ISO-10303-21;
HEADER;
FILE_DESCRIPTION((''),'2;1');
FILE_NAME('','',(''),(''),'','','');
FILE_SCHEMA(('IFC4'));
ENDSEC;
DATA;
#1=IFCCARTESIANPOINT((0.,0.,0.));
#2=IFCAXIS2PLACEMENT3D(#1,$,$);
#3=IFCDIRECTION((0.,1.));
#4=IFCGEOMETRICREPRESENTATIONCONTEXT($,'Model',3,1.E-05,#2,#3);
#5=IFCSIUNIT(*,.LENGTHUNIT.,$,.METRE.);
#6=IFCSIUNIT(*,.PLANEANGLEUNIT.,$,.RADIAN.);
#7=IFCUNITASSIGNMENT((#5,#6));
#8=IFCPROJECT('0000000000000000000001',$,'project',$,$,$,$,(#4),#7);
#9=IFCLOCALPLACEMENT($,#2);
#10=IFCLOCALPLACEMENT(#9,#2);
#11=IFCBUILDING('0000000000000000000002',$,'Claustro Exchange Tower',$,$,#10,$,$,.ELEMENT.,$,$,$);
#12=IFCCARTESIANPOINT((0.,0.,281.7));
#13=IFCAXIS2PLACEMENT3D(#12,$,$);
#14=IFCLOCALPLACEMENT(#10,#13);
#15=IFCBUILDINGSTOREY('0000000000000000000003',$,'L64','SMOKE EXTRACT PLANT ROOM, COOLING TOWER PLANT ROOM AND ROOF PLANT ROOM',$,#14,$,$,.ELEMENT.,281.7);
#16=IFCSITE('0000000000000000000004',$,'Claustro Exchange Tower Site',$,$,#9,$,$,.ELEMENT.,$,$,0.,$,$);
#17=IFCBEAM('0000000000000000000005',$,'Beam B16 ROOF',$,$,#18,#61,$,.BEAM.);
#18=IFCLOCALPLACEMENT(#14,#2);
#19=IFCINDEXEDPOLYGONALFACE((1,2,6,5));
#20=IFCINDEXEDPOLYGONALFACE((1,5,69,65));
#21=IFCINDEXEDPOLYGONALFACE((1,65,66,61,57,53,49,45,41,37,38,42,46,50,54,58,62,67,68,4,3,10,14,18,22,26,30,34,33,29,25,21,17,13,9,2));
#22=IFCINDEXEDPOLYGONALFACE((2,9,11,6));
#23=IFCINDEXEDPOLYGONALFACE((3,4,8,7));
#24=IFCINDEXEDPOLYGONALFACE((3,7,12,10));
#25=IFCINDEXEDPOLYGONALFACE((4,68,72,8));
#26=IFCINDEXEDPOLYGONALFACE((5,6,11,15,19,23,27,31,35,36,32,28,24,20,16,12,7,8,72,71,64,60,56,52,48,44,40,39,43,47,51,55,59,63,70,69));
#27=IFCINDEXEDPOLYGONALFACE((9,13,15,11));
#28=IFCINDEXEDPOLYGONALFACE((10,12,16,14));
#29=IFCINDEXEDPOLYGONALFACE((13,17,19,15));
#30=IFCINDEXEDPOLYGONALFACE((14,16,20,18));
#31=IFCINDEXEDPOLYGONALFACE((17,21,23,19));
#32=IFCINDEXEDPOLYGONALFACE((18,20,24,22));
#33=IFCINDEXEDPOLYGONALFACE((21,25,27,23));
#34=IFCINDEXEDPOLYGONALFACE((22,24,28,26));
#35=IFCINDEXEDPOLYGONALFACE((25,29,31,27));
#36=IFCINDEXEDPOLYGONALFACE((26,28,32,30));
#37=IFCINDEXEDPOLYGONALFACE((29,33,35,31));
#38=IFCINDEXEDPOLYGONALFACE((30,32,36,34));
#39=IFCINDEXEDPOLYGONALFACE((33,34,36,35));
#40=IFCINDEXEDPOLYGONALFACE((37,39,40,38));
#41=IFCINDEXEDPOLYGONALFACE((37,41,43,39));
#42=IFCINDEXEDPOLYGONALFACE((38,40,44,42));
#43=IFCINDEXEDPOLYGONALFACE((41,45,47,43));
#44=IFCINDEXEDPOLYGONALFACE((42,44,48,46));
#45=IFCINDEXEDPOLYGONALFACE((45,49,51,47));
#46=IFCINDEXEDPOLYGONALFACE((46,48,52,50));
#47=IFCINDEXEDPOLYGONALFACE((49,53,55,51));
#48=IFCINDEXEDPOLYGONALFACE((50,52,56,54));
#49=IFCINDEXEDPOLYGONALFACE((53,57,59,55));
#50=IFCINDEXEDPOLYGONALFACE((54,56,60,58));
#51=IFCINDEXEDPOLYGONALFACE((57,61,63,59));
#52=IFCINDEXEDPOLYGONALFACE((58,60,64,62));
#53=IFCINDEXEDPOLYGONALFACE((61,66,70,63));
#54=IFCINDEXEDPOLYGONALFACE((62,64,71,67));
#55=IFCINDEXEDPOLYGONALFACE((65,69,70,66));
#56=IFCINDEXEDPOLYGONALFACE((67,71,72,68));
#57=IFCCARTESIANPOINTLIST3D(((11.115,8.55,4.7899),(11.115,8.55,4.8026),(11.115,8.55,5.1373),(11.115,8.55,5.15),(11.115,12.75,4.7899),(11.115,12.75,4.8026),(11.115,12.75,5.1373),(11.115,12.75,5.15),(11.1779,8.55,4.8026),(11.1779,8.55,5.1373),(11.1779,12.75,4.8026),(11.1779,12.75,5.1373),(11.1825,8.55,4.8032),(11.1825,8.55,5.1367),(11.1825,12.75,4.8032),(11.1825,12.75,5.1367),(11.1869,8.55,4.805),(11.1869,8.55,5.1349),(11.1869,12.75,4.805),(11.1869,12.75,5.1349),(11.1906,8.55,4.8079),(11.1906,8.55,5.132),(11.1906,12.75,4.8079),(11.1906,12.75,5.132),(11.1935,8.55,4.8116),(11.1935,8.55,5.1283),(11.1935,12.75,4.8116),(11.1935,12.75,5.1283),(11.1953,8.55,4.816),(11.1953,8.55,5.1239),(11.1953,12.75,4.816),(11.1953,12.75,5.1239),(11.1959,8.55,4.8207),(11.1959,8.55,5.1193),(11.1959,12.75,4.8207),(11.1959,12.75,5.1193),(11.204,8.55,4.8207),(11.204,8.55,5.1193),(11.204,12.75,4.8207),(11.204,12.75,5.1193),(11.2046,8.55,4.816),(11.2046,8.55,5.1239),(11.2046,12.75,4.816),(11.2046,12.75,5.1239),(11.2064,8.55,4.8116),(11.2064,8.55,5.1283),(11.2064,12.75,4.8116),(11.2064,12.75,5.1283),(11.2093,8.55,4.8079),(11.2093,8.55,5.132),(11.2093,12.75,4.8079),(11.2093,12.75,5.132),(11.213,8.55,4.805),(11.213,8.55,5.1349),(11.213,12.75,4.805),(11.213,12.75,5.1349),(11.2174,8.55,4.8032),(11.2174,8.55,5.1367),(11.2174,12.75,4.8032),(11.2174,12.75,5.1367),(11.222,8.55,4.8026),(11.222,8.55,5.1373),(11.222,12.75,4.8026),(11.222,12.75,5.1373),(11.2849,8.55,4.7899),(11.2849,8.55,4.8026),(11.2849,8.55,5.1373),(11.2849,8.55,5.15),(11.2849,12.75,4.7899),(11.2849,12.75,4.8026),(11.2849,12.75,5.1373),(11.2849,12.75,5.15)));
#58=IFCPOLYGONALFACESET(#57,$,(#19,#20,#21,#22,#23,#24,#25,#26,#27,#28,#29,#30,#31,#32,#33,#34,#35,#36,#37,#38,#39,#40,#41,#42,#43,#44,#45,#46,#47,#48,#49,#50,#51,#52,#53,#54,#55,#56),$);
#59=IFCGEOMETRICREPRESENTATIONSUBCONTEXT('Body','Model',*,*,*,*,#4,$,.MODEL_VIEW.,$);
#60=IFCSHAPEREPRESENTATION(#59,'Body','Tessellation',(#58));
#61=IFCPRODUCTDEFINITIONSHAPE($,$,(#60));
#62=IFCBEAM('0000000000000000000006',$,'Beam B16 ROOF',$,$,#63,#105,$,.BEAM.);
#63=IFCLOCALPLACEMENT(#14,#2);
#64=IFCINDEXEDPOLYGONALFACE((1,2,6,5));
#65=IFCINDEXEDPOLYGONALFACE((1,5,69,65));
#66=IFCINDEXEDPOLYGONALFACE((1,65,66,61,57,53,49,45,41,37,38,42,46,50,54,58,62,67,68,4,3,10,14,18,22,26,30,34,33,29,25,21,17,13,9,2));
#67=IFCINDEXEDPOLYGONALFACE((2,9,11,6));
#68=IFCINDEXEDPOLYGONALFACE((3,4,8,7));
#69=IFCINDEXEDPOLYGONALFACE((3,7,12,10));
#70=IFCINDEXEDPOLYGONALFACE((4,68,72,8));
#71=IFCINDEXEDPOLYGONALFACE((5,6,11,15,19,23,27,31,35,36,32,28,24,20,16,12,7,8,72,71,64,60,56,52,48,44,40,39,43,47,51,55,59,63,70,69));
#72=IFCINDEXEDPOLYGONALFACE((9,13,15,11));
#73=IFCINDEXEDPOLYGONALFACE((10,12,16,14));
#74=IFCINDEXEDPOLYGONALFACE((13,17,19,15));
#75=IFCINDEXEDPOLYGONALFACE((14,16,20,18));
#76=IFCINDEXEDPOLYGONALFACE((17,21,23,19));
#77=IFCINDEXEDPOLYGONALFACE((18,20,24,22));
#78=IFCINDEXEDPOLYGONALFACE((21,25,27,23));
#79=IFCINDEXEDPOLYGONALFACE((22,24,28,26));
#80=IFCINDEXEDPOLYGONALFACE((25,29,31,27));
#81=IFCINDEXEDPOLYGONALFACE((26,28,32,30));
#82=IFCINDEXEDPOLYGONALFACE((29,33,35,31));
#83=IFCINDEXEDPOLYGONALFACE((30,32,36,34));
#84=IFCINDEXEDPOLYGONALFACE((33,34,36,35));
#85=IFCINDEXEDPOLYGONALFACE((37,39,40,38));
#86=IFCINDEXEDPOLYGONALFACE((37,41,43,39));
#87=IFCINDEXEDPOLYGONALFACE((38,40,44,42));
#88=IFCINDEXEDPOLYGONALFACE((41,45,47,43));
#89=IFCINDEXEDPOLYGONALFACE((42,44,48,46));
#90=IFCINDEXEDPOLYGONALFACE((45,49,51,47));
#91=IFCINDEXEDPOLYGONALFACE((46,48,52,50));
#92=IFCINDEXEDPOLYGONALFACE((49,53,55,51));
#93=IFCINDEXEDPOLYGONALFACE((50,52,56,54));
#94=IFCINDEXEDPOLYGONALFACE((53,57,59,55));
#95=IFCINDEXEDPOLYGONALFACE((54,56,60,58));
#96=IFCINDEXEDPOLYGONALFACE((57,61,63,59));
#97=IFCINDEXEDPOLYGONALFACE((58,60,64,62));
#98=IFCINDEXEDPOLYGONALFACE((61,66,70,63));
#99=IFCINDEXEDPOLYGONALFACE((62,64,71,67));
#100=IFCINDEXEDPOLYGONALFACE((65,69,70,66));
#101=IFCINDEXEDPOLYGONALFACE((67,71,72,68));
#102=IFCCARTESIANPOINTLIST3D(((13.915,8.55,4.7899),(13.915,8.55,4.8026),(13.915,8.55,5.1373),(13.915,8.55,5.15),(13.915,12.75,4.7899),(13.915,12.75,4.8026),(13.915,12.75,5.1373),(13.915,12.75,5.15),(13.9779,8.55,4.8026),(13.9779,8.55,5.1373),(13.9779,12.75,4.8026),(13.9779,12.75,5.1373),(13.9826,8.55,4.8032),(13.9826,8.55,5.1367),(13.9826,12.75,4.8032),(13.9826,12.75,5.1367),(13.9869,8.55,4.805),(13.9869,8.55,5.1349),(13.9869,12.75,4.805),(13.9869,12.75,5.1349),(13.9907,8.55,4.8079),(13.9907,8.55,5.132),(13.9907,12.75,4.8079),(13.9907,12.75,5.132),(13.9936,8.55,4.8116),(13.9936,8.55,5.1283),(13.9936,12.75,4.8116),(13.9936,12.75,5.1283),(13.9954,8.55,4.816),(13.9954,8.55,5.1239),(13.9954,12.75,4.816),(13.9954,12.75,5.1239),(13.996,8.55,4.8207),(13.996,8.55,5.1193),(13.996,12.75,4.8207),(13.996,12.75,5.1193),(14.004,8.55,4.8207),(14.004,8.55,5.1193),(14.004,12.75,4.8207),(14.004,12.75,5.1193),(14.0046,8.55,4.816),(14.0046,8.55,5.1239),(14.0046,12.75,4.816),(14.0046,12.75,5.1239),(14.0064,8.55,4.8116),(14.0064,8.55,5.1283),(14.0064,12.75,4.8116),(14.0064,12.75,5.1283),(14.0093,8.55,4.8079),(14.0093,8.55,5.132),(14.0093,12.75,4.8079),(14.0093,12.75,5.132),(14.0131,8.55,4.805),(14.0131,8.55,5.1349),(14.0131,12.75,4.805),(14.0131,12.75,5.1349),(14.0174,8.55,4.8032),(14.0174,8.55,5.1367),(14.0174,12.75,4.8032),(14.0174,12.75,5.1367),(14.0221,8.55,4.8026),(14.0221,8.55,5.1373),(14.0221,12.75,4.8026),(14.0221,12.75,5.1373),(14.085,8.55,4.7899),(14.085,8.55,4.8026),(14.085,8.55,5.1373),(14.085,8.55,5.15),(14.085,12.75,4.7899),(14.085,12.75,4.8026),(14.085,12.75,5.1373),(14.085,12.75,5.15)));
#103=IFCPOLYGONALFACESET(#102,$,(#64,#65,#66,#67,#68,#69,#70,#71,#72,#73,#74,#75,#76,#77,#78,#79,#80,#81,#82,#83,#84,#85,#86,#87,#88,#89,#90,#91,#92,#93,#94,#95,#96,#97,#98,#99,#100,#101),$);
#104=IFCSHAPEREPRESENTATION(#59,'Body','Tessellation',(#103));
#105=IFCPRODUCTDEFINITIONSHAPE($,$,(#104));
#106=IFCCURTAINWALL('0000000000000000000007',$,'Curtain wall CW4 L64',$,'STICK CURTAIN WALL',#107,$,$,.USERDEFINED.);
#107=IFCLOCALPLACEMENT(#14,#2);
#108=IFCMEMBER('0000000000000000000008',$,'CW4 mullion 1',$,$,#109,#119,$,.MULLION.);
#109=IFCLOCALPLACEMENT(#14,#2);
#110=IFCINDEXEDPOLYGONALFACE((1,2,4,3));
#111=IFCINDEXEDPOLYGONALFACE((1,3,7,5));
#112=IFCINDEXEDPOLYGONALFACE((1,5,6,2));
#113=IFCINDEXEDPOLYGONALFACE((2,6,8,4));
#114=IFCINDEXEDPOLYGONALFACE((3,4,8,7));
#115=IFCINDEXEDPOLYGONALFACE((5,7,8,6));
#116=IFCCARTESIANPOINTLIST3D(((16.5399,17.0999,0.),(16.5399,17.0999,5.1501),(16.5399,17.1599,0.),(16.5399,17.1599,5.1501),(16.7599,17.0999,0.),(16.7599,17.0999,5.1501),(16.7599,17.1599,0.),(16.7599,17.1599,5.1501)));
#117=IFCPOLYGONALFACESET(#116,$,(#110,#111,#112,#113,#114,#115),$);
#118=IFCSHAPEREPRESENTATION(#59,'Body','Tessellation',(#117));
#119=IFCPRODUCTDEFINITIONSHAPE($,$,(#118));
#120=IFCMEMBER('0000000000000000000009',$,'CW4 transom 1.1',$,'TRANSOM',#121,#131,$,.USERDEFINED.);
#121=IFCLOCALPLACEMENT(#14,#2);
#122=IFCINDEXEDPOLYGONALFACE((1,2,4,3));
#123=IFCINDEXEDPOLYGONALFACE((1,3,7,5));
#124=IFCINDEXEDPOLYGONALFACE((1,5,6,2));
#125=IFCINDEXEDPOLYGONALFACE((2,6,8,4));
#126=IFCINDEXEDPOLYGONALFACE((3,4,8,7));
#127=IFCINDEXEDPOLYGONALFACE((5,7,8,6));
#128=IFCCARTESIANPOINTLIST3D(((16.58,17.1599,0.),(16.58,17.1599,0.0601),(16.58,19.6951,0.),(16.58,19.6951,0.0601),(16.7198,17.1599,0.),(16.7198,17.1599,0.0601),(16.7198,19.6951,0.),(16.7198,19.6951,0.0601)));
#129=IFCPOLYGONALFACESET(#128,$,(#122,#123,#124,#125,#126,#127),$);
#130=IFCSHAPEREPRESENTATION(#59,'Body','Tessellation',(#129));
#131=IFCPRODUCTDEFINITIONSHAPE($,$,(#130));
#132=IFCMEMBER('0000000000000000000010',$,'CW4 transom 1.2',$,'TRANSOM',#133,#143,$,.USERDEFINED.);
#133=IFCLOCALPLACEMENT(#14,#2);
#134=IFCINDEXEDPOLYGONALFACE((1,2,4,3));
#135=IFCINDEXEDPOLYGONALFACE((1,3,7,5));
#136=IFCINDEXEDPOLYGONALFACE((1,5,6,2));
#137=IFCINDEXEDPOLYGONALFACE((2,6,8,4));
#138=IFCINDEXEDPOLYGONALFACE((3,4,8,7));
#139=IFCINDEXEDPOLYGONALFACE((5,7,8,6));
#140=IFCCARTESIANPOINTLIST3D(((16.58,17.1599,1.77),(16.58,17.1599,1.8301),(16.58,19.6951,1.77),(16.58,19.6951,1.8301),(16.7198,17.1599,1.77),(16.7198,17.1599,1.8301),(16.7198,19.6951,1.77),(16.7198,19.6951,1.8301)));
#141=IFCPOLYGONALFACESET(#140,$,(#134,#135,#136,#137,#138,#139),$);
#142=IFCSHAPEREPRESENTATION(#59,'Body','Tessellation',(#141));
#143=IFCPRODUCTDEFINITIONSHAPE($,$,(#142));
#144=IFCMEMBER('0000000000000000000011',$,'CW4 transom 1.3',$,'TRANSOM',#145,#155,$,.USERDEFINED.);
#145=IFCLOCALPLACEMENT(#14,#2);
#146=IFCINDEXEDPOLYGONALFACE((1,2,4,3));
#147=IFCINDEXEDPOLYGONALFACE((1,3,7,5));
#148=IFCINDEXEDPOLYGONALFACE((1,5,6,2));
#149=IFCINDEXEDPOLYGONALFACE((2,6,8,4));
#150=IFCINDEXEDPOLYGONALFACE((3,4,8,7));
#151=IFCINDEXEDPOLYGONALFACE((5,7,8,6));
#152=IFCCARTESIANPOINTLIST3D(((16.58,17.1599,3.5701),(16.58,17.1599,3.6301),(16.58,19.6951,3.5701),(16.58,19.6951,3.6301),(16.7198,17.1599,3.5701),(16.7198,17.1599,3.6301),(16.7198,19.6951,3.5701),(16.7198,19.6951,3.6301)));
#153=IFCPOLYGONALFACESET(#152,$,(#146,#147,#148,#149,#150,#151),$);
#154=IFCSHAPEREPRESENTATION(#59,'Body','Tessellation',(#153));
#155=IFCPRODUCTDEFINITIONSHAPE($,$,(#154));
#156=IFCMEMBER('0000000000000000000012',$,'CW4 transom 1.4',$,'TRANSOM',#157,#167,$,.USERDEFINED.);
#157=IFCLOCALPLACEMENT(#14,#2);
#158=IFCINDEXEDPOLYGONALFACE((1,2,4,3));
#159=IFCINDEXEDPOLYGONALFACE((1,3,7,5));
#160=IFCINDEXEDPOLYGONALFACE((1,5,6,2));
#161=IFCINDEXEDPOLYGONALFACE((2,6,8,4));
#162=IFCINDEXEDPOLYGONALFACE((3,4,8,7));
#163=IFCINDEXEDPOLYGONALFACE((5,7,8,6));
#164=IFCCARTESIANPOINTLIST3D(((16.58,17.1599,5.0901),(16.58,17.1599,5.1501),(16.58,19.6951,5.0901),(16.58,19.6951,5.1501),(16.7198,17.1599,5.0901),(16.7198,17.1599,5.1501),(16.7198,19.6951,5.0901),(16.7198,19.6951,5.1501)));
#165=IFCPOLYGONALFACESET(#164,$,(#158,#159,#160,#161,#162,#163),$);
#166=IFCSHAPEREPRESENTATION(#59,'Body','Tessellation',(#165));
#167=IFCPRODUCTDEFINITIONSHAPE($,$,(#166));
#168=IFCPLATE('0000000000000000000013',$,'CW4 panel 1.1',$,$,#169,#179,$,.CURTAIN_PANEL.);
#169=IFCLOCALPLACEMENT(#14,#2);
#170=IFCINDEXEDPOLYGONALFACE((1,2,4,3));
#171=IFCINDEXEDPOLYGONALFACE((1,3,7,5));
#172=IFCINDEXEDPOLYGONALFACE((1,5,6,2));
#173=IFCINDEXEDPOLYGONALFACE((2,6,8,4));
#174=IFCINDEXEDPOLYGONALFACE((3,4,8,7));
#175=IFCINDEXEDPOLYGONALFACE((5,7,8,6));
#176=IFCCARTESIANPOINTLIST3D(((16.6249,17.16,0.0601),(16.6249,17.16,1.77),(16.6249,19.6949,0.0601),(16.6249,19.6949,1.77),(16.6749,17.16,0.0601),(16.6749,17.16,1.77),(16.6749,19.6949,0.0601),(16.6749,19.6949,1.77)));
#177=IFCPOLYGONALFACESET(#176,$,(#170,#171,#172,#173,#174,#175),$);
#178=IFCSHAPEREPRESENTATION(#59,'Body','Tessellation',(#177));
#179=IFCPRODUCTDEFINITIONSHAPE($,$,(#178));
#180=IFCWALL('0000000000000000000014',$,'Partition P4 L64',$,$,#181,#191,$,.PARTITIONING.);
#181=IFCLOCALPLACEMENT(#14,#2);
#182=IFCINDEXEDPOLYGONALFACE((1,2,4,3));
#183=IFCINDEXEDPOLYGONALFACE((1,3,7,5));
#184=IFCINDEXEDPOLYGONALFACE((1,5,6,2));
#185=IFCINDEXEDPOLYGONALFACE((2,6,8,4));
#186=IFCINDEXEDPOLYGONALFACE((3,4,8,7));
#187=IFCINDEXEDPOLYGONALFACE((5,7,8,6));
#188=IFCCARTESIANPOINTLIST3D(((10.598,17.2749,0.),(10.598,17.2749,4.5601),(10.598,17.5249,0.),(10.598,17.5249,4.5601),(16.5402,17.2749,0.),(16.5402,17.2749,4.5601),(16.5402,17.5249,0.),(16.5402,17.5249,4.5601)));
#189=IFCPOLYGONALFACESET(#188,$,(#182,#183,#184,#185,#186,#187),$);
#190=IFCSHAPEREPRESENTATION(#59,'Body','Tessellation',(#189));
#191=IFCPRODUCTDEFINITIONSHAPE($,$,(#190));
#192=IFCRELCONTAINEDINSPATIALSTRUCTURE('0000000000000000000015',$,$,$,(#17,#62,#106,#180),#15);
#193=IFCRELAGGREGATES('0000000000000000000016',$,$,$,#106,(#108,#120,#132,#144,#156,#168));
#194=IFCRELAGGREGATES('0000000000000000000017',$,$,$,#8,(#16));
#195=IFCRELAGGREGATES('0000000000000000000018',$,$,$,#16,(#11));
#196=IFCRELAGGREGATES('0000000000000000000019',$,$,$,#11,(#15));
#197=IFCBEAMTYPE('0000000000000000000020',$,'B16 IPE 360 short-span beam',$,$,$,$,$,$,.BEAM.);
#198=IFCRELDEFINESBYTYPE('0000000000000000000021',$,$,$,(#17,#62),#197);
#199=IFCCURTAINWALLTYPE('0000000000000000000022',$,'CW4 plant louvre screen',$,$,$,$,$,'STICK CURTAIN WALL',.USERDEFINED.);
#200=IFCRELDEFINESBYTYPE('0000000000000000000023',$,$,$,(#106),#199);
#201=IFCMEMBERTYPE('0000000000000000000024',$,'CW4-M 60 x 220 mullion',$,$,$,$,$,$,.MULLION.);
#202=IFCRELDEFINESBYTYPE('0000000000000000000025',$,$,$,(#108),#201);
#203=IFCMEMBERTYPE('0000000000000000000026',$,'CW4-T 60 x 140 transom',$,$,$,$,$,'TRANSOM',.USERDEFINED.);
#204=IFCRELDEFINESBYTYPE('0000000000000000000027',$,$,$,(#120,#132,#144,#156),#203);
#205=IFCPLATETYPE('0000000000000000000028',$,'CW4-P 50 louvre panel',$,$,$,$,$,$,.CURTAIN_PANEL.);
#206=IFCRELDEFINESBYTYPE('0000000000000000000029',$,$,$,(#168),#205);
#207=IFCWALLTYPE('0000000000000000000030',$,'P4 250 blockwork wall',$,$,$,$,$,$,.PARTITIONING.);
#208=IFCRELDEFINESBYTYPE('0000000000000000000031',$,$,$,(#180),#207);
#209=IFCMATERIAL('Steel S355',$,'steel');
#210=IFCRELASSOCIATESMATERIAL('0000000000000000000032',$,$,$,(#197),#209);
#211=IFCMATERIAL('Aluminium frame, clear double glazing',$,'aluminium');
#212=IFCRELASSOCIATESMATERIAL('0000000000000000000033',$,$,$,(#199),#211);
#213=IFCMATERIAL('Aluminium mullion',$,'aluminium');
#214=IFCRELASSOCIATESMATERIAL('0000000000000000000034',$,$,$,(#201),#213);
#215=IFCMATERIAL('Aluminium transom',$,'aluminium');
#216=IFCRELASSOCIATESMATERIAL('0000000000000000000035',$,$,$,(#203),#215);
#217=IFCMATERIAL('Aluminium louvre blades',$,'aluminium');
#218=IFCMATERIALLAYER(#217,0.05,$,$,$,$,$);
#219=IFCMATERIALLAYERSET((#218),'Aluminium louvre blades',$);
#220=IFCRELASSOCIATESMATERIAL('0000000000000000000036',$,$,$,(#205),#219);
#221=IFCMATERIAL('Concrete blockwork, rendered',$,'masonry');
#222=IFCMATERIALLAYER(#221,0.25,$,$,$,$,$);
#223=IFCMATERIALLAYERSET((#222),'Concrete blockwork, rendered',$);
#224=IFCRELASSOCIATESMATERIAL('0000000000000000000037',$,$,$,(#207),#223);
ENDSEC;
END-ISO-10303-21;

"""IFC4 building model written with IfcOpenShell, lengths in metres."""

from ifc_helpers import new_model, si_unit, direction, frame, frame_2d, origin, origin_2d, place, context, subcontext, project, spatial, rectangle, i_section, extrude, material, layer, layer_set, material_profile, profile_set, type_object, element, aggregate, save


model = new_model("IFC4")

# Units and contexts
model_context = context("Model", 3, precision=1e-05, world=origin(), true_north=direction((0.0, 1.0)))
body_context = subcontext(model_context, "Body", "Model", "MODEL_VIEW")
ifc_project = project(units=[si_unit("LENGTHUNIT", "METRE"), si_unit("PLANEANGLEUNIT", "RADIAN")], contexts=[model_context])

# Site, building, storey
site_placement = place(None, origin())
site = spatial("IfcSite", under=ifc_project, at=site_placement, Name="Claustro Exchange Tower Site", CompositionType="ELEMENT", RefElevation=0.0)
building_placement = place(site_placement, origin())
building = spatial("IfcBuilding", under=site, at=building_placement, Name="Claustro Exchange Tower", CompositionType="ELEMENT")
storey_placement = place(building_placement, frame((0.0, 0.0, 281.7)))
storey = spatial("IfcBuildingStorey", under=building, at=storey_placement, Name="L64", Description="SMOKE EXTRACT PLANT ROOM, COOLING TOWER PLANT ROOM AND ROOF PLANT ROOM", CompositionType="ELEMENT", Elevation=281.7)

# Beams
ifc_material_1 = material(Name="Steel S355", Category="steel")
ifc_material_profile_1 = material_profile(ifc_material_1, i_section(OverallWidth=0.1699, OverallDepth=0.3601, WebThickness=0.0081, FlangeThickness=0.0127, FilletRadius=0.0181, at=origin_2d()), Name="IPE 360")
ifc_profile_set_1 = profile_set([ifc_material_profile_1], Name="Steel S355")
beam_type_1 = type_object("IfcBeamType", Name="B16 IPE 360 short-span beam", PredefinedType="BEAM", material=ifc_profile_set_1)
for number, where, z_axis, x_axis, name in (
    (1, (11.2, 8.55, 4.97), (0.0, 1.0, 0.0), (-1.0, 0.0, 0.0), "Beam B16 ROOF"),
    (2, (14.0, 8.55, 4.97), (0.0, 1.0, 0.0), (-1.0, 0.0, 0.0), "Beam B16 ROOF"),
):
    element("IfcBeam", number, at=place(storey_placement, frame(where, z_axis=z_axis, x_axis=x_axis)), inside=storey, type_object=beam_type_1, Name=name, PredefinedType="BEAM", context=body_context, shape_type="SweptSolid", body=[
        extrude(i_section(OverallWidth=0.1699, OverallDepth=0.3601, WebThickness=0.0081, FlangeThickness=0.0127, FilletRadius=0.0181, at=origin_2d()), origin(), (0.0, 0.0, 1.0), 4.2),
    ])

# Curtain wall, members, plate
ifc_material_2 = material(Name="Aluminium frame, clear double glazing", Category="aluminium")
curtain_wall_type = type_object("IfcCurtainWallType", Name="CW4 plant louvre screen", ElementType="STICK CURTAIN WALL", PredefinedType="USERDEFINED", material=ifc_material_2)
curtain_wall_placement = place(storey_placement, origin())
curtain_wall = element("IfcCurtainWall", 3, at=curtain_wall_placement, inside=storey, type_object=curtain_wall_type, Name="Curtain wall CW4 L64", ObjectType="STICK CURTAIN WALL", PredefinedType="USERDEFINED")
ifc_material_3 = material(Name="Aluminium mullion", Category="aluminium")
ifc_material_profile_2 = material_profile(ifc_material_3, rectangle(XDim=0.22, YDim=0.0601, at=origin_2d()), Name="CW4-M 60x220")
ifc_profile_set_2 = profile_set([ifc_material_profile_2], Name="Aluminium mullion")
member_type_1 = type_object("IfcMemberType", Name="CW4-M 60 x 220 mullion", PredefinedType="MULLION", material=ifc_profile_set_2)
member_1_placement = place(storey_placement, frame((16.6499, 17.1299, 0.0), z_axis=(0.0, 0.0, 1.0), x_axis=(-1.0, 0.0, 0.0)))
member_1 = element("IfcMember", 4, at=member_1_placement, type_object=member_type_1, Name="CW4 mullion 1", PredefinedType="MULLION", context=body_context, shape_type="SweptSolid", body=[
    extrude(rectangle(XDim=0.22, YDim=0.0601, at=origin_2d()), origin(), (0.0, 0.0, 1.0), 5.1501),
])
ifc_material_4 = material(Name="Aluminium transom", Category="aluminium")
ifc_material_profile_3 = material_profile(ifc_material_4, rectangle(XDim=0.1399, YDim=0.0601, at=origin_2d()), Name="CW4-T 60x140")
ifc_profile_set_3 = profile_set([ifc_material_profile_3], Name="Aluminium transom")
member_type_2 = type_object("IfcMemberType", Name="CW4-T 60 x 140 transom", ElementType="TRANSOM", PredefinedType="USERDEFINED", material=ifc_profile_set_3)
member_2_placement = place(storey_placement, frame((16.6499, 17.1599, 0.03), z_axis=(0.0, 1.0, 0.0), x_axis=(-1.0, 0.0, 0.0)))
member_2 = element("IfcMember", 5, at=member_2_placement, type_object=member_type_2, Name="CW4 transom 1.1", ObjectType="TRANSOM", PredefinedType="USERDEFINED", context=body_context, shape_type="SweptSolid", body=[
    extrude(rectangle(XDim=0.1399, YDim=0.0601, at=origin_2d()), origin(), (0.0, 0.0, 1.0), 2.5352),
])
member_3_placement = place(storey_placement, frame((16.6499, 17.1599, 1.8), z_axis=(0.0, 1.0, 0.0), x_axis=(-1.0, 0.0, 0.0)))
member_3 = element("IfcMember", 6, at=member_3_placement, type_object=member_type_2, Name="CW4 transom 1.2", ObjectType="TRANSOM", PredefinedType="USERDEFINED", context=body_context, shape_type="SweptSolid", body=[
    extrude(rectangle(XDim=0.1399, YDim=0.0601, at=origin_2d()), origin(), (0.0, 0.0, 1.0), 2.5352),
])
member_4_placement = place(storey_placement, frame((16.6499, 17.1599, 3.6001), z_axis=(0.0, 1.0, 0.0), x_axis=(-1.0, 0.0, 0.0)))
member_4 = element("IfcMember", 7, at=member_4_placement, type_object=member_type_2, Name="CW4 transom 1.3", ObjectType="TRANSOM", PredefinedType="USERDEFINED", context=body_context, shape_type="SweptSolid", body=[
    extrude(rectangle(XDim=0.1399, YDim=0.0601, at=origin_2d()), origin(), (0.0, 0.0, 1.0), 2.5352),
])
member_5_placement = place(storey_placement, frame((16.6499, 17.1599, 5.1201), z_axis=(0.0, 1.0, 0.0), x_axis=(-1.0, 0.0, 0.0)))
member_5 = element("IfcMember", 8, at=member_5_placement, type_object=member_type_2, Name="CW4 transom 1.4", ObjectType="TRANSOM", PredefinedType="USERDEFINED", context=body_context, shape_type="SweptSolid", body=[
    extrude(rectangle(XDim=0.1399, YDim=0.0601, at=origin_2d()), origin(), (0.0, 0.0, 1.0), 2.5352),
])
ifc_material_5 = material(Name="Aluminium louvre blades", Category="aluminium")
ifc_layer_1 = layer(ifc_material_5, 0.05)
ifc_layer_set_1 = layer_set([ifc_layer_1], Name="Aluminium louvre blades")
plate_type = type_object("IfcPlateType", Name="CW4-P 50 louvre panel", PredefinedType="CURTAIN_PANEL", material=ifc_layer_set_1)
plate_placement = place(storey_placement, frame((16.6499, 18.4275, 0.0601), z_axis=(0.0, 0.0, 1.0), x_axis=(0.0, 1.0, 0.0)))
plate = element("IfcPlate", 9, at=plate_placement, type_object=plate_type, Name="CW4 panel 1.1", PredefinedType="CURTAIN_PANEL", context=body_context, shape_type="SweptSolid", body=[
    extrude(rectangle(XDim=2.5349, YDim=0.05, at=origin_2d()), origin(), (0.0, 0.0, 1.0), 1.71),
])
aggregate(curtain_wall, [member_1, member_2, member_3, member_4, member_5, plate])

# Wall
ifc_material_6 = material(Name="Concrete blockwork, rendered", Category="masonry")
ifc_layer_2 = layer(ifc_material_6, 0.25)
ifc_layer_set_2 = layer_set([ifc_layer_2], Name="Concrete blockwork, rendered")
wall_type = type_object("IfcWallType", Name="P4 250 blockwork wall", PredefinedType="PARTITIONING", material=ifc_layer_set_2)
wall_1_placement = place(storey_placement, frame((10.5979, 17.3999, 0.0), z_axis=(0.0, 0.0, 1.0), x_axis=(1.0, 0.0, 0.0)))
element("IfcWall", 10, at=wall_1_placement, inside=storey, type_object=wall_type, Name="Partition P4 L64", PredefinedType="PARTITIONING", context=body_context, shape_type="SweptSolid", body=[
    extrude(rectangle(XDim=5.9421, YDim=0.25, at=frame_2d((2.9712, 0.0))), origin(), (0.0, 0.0, 1.0), 4.5601),
])

save(model, "model.ifc")
